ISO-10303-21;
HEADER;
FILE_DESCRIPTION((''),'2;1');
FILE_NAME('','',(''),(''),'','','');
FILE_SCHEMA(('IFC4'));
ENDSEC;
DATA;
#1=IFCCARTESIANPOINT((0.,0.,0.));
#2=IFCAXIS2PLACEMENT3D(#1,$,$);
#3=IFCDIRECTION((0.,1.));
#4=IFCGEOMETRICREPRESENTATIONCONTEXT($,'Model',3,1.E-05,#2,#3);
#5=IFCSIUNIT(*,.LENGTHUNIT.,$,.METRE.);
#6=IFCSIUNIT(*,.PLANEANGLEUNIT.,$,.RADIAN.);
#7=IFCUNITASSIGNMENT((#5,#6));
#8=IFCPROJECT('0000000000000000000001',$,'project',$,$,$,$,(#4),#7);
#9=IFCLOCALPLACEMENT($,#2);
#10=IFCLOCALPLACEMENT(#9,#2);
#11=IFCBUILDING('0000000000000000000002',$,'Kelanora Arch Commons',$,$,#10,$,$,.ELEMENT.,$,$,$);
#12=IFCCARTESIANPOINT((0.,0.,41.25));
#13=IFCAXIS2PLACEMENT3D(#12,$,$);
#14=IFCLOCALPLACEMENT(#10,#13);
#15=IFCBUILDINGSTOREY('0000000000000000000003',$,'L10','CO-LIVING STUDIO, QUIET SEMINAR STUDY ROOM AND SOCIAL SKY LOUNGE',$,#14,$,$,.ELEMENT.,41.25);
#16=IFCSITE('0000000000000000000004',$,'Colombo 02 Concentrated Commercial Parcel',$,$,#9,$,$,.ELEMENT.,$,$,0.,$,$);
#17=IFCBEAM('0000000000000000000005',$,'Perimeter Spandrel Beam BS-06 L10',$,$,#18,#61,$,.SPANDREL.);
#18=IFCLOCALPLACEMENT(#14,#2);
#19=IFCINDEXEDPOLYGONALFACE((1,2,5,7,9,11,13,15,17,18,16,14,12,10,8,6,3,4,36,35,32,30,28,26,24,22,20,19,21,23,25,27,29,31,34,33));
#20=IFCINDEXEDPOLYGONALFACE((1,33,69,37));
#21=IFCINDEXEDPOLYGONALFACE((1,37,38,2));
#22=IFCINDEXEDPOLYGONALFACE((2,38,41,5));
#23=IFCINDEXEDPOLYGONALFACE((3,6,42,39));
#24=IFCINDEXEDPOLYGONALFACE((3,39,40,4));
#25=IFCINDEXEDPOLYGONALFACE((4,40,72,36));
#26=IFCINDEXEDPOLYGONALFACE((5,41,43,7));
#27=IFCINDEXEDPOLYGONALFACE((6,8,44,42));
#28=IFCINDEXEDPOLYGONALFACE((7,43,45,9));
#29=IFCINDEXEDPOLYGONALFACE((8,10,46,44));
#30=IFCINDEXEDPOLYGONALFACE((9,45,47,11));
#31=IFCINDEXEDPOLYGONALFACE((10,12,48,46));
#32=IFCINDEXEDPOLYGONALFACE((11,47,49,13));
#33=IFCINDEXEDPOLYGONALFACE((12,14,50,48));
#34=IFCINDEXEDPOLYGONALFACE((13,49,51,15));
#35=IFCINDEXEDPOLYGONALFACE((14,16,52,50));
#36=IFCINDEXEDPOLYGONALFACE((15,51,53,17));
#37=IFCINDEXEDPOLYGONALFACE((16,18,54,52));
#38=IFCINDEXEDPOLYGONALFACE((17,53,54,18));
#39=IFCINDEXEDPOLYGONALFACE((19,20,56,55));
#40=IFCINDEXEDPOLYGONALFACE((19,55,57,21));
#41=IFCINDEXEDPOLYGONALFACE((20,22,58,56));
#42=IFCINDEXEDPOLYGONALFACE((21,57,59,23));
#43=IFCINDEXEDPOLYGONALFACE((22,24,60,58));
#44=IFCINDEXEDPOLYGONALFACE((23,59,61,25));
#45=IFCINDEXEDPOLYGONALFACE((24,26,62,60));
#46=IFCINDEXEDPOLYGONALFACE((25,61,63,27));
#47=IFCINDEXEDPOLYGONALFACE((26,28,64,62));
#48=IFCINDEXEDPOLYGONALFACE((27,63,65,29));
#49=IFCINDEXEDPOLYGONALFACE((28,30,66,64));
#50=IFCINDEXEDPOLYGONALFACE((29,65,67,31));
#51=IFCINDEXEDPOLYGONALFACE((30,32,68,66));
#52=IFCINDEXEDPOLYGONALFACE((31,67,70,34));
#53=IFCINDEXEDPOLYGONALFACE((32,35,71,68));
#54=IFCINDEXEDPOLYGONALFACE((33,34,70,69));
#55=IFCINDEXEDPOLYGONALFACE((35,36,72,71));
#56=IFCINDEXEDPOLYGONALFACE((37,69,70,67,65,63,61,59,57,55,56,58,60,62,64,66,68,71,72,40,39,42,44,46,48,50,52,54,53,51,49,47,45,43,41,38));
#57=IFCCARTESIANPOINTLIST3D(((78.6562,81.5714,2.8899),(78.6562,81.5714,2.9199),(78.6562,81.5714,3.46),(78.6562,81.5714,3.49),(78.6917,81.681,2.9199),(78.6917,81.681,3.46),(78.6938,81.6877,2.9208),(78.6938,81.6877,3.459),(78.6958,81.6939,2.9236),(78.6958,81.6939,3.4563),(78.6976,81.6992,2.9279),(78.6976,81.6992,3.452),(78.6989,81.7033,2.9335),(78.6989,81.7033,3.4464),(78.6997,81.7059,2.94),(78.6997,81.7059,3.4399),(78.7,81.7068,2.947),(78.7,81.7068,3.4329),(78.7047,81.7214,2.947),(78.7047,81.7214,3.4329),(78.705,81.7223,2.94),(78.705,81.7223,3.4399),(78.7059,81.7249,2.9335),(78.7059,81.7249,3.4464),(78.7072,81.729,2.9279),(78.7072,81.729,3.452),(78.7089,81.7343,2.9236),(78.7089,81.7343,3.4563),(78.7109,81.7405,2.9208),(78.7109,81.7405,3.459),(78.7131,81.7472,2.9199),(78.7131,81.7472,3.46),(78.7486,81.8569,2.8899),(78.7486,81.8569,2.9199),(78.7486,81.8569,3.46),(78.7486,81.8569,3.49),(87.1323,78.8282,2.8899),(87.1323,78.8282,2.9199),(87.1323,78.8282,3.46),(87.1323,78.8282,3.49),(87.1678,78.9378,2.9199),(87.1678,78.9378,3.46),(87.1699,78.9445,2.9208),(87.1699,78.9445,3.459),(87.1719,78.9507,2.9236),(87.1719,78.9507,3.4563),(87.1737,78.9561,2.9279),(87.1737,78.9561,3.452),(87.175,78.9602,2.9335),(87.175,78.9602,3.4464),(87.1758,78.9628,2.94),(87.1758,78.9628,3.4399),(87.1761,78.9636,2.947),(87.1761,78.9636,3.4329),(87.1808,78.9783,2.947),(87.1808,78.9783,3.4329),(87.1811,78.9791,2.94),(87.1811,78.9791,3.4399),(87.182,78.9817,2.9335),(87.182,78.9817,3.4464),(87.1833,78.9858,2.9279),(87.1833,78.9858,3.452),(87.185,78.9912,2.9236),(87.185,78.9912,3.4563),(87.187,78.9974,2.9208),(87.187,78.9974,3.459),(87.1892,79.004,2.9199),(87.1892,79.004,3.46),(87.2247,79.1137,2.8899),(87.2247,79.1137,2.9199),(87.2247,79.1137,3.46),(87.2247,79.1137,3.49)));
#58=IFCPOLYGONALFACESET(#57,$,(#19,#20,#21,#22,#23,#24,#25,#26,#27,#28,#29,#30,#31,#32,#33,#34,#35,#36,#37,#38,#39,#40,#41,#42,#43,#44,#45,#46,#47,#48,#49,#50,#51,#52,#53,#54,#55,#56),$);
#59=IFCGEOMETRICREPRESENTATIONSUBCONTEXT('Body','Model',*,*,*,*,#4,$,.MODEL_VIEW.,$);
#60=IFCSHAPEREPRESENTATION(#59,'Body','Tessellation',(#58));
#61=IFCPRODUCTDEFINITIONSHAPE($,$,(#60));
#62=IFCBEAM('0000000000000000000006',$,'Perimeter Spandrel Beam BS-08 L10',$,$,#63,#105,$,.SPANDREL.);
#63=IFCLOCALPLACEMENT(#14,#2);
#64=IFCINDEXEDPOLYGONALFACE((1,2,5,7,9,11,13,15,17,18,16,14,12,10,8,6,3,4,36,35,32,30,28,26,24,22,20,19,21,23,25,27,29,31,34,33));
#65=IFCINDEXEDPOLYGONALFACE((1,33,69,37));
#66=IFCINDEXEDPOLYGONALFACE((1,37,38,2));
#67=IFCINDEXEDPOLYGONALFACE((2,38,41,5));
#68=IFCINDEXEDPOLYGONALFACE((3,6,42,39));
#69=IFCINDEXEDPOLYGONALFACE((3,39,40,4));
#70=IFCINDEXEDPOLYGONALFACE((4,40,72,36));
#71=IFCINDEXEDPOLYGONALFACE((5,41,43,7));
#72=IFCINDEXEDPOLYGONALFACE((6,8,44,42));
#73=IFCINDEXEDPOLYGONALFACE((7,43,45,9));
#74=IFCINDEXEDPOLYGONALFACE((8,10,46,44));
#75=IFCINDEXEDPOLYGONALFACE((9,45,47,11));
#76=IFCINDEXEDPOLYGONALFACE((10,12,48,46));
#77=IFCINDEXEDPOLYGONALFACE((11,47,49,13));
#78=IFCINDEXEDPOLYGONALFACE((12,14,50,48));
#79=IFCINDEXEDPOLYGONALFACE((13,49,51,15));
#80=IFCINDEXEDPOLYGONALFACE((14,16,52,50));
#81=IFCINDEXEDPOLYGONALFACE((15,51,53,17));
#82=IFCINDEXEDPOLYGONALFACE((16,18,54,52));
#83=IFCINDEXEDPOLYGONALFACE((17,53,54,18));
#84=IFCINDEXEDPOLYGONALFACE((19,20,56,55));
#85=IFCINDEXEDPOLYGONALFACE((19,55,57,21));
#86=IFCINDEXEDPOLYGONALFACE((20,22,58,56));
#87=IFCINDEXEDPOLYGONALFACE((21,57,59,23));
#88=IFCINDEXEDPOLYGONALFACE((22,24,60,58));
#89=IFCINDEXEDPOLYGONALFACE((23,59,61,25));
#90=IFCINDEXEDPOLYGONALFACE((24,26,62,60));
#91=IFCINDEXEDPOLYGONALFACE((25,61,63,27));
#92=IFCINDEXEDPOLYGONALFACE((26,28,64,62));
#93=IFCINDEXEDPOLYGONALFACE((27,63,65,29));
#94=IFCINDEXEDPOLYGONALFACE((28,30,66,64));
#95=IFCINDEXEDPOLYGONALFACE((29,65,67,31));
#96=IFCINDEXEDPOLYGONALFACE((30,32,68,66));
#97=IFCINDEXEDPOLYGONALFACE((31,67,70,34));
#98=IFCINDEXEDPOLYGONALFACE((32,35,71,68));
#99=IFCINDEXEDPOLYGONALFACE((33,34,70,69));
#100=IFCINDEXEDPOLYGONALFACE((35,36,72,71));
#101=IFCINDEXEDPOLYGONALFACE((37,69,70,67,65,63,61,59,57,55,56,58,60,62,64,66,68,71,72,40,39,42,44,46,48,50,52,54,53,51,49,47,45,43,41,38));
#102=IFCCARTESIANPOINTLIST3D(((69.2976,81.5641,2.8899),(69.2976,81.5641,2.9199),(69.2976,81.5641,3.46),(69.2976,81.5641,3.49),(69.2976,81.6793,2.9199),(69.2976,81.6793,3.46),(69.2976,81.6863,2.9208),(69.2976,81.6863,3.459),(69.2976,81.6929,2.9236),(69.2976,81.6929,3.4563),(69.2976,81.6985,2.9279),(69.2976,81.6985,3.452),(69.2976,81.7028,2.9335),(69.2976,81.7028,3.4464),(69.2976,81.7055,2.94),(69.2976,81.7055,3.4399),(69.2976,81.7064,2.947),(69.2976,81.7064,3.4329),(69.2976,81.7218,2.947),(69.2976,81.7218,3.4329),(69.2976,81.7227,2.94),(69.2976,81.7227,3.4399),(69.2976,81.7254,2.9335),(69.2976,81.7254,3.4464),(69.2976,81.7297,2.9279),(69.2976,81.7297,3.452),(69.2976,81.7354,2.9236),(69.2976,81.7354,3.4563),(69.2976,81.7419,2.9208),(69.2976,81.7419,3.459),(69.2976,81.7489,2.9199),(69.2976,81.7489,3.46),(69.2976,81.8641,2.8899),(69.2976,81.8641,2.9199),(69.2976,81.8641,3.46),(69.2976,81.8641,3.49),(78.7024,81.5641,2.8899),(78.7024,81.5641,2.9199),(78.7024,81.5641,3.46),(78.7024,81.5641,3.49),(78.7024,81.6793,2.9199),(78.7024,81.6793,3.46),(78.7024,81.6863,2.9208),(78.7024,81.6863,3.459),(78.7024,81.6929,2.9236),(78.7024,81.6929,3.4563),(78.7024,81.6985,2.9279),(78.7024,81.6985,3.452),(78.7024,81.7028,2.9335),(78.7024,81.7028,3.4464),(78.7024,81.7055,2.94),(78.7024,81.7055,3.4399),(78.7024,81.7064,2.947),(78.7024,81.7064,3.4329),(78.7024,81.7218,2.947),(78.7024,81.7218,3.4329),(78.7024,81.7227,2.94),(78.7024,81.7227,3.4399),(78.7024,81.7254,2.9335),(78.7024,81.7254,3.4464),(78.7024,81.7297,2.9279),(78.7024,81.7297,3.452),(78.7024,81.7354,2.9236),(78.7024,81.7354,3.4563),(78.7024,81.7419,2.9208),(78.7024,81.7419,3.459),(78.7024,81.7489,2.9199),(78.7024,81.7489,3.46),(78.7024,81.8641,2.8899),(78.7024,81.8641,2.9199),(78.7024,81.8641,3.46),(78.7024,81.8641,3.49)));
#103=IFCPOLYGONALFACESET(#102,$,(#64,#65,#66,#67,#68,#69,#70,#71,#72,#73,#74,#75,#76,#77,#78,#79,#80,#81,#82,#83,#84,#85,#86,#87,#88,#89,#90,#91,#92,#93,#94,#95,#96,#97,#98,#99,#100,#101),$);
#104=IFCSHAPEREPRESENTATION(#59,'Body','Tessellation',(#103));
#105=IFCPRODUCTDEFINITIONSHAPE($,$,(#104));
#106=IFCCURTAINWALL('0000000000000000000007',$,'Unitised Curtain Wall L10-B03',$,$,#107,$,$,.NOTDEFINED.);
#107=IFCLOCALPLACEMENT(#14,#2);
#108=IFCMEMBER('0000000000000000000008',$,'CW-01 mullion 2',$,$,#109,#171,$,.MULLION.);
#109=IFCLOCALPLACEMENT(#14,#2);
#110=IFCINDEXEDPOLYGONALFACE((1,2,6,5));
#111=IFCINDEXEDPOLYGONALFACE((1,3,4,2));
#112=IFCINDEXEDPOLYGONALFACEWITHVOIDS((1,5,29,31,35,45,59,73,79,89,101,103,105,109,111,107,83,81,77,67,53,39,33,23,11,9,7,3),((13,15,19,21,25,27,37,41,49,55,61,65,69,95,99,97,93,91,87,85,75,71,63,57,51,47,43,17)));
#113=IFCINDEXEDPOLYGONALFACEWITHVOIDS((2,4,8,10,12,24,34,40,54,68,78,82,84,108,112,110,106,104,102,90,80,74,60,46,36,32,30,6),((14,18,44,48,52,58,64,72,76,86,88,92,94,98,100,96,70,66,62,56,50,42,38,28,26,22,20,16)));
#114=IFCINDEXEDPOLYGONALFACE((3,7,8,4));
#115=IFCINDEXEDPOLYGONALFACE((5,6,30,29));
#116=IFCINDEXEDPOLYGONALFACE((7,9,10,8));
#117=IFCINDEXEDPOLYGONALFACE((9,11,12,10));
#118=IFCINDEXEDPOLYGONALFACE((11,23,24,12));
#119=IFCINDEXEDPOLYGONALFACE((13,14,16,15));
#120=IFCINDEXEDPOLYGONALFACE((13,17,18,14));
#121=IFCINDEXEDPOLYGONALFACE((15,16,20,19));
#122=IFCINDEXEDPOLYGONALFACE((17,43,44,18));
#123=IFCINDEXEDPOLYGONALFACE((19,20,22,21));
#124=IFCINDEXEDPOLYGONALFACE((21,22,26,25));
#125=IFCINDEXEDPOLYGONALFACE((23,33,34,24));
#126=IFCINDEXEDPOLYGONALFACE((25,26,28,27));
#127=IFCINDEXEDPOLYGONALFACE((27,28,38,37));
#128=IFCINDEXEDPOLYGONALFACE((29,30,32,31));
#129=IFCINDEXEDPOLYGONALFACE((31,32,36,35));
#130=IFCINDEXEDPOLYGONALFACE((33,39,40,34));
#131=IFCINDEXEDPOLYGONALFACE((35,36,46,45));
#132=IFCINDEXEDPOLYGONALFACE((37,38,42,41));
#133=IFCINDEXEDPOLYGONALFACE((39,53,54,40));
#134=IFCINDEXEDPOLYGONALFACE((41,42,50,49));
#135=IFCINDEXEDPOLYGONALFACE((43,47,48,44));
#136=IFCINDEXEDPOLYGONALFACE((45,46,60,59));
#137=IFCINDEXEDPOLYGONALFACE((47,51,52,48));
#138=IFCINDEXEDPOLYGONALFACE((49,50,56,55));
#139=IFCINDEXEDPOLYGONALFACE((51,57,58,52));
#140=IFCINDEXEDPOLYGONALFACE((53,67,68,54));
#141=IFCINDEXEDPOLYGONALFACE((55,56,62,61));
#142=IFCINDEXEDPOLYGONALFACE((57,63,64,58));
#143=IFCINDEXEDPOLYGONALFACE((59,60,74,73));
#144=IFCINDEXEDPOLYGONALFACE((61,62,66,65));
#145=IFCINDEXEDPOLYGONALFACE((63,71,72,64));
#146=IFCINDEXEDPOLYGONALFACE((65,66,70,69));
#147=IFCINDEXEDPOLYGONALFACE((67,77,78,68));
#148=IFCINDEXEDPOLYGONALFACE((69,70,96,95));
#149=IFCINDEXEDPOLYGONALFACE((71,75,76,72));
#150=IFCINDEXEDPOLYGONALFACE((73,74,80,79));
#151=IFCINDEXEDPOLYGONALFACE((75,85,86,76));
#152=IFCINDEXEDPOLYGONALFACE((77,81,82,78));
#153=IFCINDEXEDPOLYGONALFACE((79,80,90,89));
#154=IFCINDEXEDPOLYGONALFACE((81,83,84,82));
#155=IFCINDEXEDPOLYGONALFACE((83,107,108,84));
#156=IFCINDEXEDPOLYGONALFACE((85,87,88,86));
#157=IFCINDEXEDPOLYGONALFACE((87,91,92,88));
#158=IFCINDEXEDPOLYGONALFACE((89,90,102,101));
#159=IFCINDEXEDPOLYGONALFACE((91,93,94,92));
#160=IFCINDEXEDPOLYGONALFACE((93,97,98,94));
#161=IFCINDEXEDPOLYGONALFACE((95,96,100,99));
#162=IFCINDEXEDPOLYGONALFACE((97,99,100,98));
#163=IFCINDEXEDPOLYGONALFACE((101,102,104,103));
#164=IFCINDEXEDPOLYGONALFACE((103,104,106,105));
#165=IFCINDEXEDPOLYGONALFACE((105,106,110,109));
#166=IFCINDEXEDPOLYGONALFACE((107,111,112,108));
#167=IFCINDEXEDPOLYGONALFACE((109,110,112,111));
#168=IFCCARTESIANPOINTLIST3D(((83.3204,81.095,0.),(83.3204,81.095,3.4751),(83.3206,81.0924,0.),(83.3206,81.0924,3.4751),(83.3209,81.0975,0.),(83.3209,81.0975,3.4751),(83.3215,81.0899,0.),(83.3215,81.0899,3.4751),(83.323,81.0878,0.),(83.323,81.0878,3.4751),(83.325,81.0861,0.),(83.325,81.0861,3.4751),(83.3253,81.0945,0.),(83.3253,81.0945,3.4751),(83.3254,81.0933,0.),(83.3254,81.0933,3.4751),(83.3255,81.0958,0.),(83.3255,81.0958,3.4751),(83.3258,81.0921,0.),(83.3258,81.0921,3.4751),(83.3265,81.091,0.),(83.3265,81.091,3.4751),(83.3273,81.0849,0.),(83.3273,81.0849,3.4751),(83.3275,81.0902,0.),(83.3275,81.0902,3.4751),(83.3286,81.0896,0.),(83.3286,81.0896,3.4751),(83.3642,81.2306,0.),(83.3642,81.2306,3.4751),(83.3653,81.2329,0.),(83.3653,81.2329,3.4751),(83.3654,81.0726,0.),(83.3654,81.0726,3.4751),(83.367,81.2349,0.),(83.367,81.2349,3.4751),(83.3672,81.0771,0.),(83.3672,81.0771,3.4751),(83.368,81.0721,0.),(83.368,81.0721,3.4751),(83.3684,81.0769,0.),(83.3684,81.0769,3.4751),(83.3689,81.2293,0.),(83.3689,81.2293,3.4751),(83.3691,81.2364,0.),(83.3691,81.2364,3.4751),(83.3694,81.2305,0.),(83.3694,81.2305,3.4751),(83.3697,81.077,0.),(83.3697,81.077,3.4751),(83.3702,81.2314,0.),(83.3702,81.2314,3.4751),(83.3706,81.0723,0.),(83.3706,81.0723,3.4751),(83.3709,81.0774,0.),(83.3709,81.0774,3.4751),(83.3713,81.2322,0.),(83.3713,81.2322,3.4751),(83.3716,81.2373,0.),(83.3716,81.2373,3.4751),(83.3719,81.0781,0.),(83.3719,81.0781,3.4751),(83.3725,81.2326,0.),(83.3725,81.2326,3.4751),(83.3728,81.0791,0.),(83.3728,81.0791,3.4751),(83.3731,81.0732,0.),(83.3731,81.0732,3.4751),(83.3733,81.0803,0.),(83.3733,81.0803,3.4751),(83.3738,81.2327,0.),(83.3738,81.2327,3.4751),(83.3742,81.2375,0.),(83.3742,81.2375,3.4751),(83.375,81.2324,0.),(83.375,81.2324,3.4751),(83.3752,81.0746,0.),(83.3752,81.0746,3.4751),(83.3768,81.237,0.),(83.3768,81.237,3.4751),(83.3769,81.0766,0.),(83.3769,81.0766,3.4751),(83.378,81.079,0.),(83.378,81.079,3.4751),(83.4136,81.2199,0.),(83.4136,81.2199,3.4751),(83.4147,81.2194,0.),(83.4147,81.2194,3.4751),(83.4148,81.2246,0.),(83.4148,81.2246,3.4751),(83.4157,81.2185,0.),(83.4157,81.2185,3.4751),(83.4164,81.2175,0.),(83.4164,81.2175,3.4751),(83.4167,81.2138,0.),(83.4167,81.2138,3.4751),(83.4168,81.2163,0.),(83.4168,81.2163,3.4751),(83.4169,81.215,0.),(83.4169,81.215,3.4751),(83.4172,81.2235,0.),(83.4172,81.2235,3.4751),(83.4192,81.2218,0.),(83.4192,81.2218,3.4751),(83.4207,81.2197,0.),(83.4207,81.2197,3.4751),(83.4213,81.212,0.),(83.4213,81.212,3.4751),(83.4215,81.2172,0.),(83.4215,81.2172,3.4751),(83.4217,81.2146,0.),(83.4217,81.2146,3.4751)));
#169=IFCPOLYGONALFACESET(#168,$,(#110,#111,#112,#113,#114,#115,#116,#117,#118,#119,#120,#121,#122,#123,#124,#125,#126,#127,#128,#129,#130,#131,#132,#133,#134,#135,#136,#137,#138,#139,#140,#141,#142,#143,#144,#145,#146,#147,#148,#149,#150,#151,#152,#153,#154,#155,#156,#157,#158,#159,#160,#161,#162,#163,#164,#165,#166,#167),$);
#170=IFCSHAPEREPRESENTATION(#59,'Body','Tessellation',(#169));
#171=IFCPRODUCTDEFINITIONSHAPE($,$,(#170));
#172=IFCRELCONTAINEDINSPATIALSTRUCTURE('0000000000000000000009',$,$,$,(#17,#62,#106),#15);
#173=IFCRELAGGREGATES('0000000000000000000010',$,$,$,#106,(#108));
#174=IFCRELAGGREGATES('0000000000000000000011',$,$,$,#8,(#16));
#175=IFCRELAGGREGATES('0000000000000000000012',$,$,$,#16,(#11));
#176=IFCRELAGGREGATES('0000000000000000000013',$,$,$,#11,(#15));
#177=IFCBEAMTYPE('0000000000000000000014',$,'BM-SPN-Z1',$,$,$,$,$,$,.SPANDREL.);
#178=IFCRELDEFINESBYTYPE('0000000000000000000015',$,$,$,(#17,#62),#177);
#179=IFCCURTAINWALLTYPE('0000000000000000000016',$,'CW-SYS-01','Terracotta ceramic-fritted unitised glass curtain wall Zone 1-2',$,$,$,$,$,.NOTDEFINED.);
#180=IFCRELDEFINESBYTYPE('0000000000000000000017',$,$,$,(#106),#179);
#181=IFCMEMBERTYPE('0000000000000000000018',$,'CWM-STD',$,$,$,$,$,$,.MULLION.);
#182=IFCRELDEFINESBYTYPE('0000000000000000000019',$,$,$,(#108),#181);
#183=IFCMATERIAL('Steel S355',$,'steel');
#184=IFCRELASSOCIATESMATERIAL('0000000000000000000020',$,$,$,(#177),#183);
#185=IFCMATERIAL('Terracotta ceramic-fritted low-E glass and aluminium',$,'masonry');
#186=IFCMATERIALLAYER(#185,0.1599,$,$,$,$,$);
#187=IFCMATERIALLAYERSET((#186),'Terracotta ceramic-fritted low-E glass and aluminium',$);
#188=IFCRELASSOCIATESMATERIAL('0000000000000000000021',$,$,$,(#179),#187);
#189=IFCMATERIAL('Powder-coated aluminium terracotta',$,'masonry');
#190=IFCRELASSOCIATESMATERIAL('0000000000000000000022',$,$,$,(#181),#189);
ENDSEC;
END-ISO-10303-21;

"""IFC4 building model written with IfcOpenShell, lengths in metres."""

from ifc_helpers import new_model, si_unit, direction, frame, origin, origin_2d, place, context, subcontext, project, spatial, hollow_rectangle, i_section, extrude, material, layer, layer_set, material_profile, profile_set, type_object, element, aggregate, save


model = new_model("IFC4")

# Units and contexts
model_context = context("Model", 3, precision=1e-05, world=origin(), true_north=direction((0.0, 1.0)))
body_context = subcontext(model_context, "Body", "Model", "MODEL_VIEW")
ifc_project = project(units=[si_unit("LENGTHUNIT", "METRE"), si_unit("PLANEANGLEUNIT", "RADIAN")], contexts=[model_context])

# Site, building, storey
site_placement = place(None, origin())
site = spatial("IfcSite", under=ifc_project, at=site_placement, Name="Colombo 02 Concentrated Commercial Parcel", CompositionType="ELEMENT", RefElevation=0.0)
building_placement = place(site_placement, origin())
building = spatial("IfcBuilding", under=site, at=building_placement, Name="Kelanora Arch Commons", CompositionType="ELEMENT")
storey_placement = place(building_placement, frame((0.0, 0.0, 41.25)))
storey = spatial("IfcBuildingStorey", under=building, at=storey_placement, Name="L10", Description="CO-LIVING STUDIO, QUIET SEMINAR STUDY ROOM AND SOCIAL SKY LOUNGE", CompositionType="ELEMENT", Elevation=41.25)

# Beams
ifc_material_1 = material(Name="Steel S355", Category="steel")
ifc_material_profile_1 = material_profile(ifc_material_1, i_section(OverallWidth=0.3, OverallDepth=0.6001, WebThickness=0.0154, FlangeThickness=0.03, FilletRadius=0.0271, at=origin_2d()), Name="HEB600")
ifc_profile_set_1 = profile_set([ifc_material_profile_1], Name="Steel S355")
beam_type_1 = type_object("IfcBeamType", Name="BM-SPN-Z1", PredefinedType="SPANDREL", material=ifc_profile_set_1)
beam_1_placement = place(storey_placement, frame((87.1785, 78.9709, 3.1899), z_axis=(-0.951415, 0.307912, 0.0), x_axis=(-0.307912, -0.951415, 0.0)))
element("IfcBeam", 1, at=beam_1_placement, inside=storey, type_object=beam_type_1, Name="Perimeter Spandrel Beam BS-06 L10", PredefinedType="SPANDREL", context=body_context, shape_type="SweptSolid", body=[
    extrude(i_section(OverallWidth=0.3, OverallDepth=0.6001, WebThickness=0.0154, FlangeThickness=0.03, FilletRadius=0.0271, at=origin_2d()), origin(), (0.0, 0.0, 1.0), 8.9089),
])
beam_2_placement = place(storey_placement, frame((78.7024, 81.7141, 3.1899), z_axis=(-1.0, 0.0, 0.0), x_axis=(0.0, -1.0, 0.0)))
element("IfcBeam", 2, at=beam_2_placement, inside=storey, type_object=beam_type_1, Name="Perimeter Spandrel Beam BS-08 L10", PredefinedType="SPANDREL", context=body_context, shape_type="SweptSolid", body=[
    extrude(i_section(OverallWidth=0.3, OverallDepth=0.6001, WebThickness=0.0154, FlangeThickness=0.03, FilletRadius=0.0271, at=origin_2d()), origin(), (0.0, 0.0, 1.0), 9.4048),
])

# Curtain wall, member
ifc_material_2 = material(Name="Terracotta ceramic-fritted low-E glass and aluminium", Category="masonry")
ifc_layer_1 = layer(ifc_material_2, 0.1599)
ifc_layer_set_1 = layer_set([ifc_layer_1], Name="Terracotta ceramic-fritted low-E glass and aluminium")
curtain_wall_type = type_object("IfcCurtainWallType", Name="CW-SYS-01", Description="Terracotta ceramic-fritted unitised glass curtain wall Zone 1-2", PredefinedType="NOTDEFINED", material=ifc_layer_set_1)
curtain_wall_placement = place(storey_placement, origin())
curtain_wall = element("IfcCurtainWall", 3, at=curtain_wall_placement, inside=storey, type_object=curtain_wall_type, Name="Unitised Curtain Wall L10-B03", PredefinedType="NOTDEFINED")
ifc_material_3 = material(Name="Powder-coated aluminium terracotta", Category="masonry")
ifc_material_profile_2 = material_profile(ifc_material_3, hollow_rectangle(XDim=0.1599, YDim=0.0601, WallThickness=0.0049, InnerFilletRadius=0.0049, OuterFilletRadius=0.01, at=origin_2d()), Name="CWM160x60")
ifc_profile_set_2 = profile_set([ifc_material_profile_2], Name="Powder-coated aluminium terracotta")
member_type_1 = type_object("IfcMemberType", Name="CWM-STD", PredefinedType="MULLION", material=ifc_profile_set_2)
member_1_placement = place(storey_placement, frame((83.3711, 81.1548, 0.0), z_axis=(0.0, 0.0, 1.0), x_axis=(-0.309058, -0.951043, 0.0)))
member_1 = element("IfcMember", 4, at=member_1_placement, type_object=member_type_1, Name="CW-01 mullion 2", PredefinedType="MULLION", context=body_context, shape_type="SweptSolid", body=[
    extrude(hollow_rectangle(XDim=0.1599, YDim=0.0601, WallThickness=0.0049, InnerFilletRadius=0.0049, OuterFilletRadius=0.01, at=origin_2d()), origin(), (0.0, 0.0, 1.0), 3.4751),
])
aggregate(curtain_wall, [member_1])

save(model, "model.ifc")
